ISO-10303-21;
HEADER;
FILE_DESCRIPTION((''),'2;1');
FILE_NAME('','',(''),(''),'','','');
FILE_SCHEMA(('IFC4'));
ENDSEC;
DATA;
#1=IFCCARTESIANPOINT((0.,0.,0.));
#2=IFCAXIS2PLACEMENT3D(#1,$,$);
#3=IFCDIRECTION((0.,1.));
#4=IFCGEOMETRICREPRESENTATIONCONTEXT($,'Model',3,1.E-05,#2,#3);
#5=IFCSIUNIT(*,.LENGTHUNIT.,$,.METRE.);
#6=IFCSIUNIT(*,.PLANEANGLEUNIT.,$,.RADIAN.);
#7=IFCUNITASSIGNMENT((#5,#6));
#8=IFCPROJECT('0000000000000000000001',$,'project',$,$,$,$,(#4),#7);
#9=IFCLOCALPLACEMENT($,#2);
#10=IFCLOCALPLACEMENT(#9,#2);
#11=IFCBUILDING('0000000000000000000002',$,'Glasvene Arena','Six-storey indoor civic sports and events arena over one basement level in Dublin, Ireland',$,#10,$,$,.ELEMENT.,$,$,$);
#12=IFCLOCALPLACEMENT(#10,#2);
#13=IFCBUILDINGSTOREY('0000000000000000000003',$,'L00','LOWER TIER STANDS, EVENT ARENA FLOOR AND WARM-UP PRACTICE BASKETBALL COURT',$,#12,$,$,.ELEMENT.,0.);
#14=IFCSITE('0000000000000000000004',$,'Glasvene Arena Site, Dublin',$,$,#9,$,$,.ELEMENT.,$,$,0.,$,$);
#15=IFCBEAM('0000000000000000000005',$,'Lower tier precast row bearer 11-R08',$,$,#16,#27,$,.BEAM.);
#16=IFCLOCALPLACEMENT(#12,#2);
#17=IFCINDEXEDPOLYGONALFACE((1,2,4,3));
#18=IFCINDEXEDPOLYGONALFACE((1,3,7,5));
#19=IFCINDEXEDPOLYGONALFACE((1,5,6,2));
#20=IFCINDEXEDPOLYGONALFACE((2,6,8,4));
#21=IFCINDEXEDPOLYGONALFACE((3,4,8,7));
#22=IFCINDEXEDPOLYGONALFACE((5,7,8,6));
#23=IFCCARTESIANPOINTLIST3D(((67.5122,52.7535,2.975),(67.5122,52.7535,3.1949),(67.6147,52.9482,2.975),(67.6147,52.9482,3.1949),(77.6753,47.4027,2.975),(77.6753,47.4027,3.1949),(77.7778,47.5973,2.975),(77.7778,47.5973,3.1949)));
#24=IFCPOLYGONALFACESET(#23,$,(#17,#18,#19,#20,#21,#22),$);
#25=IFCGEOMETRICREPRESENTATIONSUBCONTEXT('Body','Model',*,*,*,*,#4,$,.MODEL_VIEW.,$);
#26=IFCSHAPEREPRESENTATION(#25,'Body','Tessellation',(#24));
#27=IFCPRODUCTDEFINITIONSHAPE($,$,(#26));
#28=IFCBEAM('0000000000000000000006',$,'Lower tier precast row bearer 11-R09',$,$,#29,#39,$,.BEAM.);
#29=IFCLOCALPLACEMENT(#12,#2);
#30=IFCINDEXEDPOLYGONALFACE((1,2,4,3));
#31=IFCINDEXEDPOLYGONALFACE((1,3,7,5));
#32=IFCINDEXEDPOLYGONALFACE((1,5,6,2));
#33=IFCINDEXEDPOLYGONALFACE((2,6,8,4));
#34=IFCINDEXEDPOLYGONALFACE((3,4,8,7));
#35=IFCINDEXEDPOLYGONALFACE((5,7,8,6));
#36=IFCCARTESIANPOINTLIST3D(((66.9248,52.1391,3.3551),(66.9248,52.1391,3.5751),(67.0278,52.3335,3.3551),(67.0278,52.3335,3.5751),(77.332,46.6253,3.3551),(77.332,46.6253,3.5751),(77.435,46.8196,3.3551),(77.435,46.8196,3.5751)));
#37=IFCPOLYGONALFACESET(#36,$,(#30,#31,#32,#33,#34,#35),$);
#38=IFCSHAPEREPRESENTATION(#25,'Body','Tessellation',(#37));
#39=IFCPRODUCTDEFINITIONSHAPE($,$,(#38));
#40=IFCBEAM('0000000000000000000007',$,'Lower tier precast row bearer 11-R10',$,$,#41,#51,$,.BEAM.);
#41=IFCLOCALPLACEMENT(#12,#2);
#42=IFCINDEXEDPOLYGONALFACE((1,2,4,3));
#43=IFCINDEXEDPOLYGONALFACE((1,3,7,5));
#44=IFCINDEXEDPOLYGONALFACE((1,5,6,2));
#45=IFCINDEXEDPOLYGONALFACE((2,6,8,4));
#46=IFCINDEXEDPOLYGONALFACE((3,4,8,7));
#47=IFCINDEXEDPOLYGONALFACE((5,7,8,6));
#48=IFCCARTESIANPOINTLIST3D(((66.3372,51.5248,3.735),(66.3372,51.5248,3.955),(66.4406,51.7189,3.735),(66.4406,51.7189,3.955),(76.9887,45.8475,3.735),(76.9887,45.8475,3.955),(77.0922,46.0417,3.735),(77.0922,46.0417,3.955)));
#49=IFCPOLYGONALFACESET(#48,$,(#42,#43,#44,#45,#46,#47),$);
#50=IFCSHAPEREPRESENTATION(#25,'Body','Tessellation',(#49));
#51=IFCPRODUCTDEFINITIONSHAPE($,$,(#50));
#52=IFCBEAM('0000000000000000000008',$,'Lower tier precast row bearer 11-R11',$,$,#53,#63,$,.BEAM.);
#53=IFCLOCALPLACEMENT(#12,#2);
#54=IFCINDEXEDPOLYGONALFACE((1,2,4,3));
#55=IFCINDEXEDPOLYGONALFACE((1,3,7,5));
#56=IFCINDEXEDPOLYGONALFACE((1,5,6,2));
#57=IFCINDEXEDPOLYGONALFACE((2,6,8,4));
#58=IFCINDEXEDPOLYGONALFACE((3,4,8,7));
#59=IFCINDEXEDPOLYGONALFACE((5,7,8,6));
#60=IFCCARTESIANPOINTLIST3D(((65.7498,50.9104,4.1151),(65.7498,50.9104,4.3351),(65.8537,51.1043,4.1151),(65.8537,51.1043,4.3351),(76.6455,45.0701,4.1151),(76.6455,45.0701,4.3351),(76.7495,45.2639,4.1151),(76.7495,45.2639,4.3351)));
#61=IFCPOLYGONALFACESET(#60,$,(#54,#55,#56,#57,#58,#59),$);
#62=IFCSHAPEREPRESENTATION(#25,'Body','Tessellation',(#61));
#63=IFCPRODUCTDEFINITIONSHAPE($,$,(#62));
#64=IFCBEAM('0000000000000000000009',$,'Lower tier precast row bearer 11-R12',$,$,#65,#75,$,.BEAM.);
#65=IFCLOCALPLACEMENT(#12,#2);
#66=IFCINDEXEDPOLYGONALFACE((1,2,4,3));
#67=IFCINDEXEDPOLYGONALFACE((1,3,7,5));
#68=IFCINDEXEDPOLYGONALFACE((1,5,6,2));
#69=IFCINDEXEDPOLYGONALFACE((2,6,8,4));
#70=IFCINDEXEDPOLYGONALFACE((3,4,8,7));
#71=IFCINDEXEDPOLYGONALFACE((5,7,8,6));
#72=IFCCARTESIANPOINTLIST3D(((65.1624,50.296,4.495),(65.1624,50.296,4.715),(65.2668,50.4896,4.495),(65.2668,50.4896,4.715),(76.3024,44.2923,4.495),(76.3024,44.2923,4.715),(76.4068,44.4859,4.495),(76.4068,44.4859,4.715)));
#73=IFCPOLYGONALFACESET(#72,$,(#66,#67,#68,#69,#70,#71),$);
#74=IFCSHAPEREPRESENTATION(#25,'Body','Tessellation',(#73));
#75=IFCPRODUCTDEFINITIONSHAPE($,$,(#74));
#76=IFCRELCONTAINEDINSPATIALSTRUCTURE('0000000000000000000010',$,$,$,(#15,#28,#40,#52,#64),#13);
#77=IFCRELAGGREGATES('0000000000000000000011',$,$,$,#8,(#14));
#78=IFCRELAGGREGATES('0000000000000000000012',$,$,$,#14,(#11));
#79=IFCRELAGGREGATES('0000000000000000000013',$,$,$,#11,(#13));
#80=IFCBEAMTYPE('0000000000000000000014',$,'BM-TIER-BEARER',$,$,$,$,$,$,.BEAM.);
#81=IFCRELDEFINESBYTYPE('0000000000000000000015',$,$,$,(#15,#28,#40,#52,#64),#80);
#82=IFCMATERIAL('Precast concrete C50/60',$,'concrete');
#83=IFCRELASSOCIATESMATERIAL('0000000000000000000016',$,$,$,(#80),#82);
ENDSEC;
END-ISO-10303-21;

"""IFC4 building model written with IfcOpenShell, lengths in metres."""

from ifc_helpers import new_model, si_unit, direction, frame, origin, origin_2d, place, context, subcontext, project, spatial, rectangle, extrude, material, material_profile, profile_set, type_object, element, save


model = new_model("IFC4")

# Units and contexts
model_context = context("Model", 3, precision=1e-05, world=origin(), true_north=direction((0.0, 1.0)))
body_context = subcontext(model_context, "Body", "Model", "MODEL_VIEW")
ifc_project = project(units=[si_unit("LENGTHUNIT", "METRE"), si_unit("PLANEANGLEUNIT", "RADIAN")], contexts=[model_context])

# Site, building, storey
site_placement = place(None, origin())
site = spatial("IfcSite", under=ifc_project, at=site_placement, Name="Glasvene Arena Site, Dublin", CompositionType="ELEMENT", RefElevation=0.0)
building_placement = place(site_placement, origin())
building = spatial("IfcBuilding", under=site, at=building_placement, Name="Glasvene Arena", Description="Six-storey indoor civic sports and events arena over one basement level in Dublin, Ireland", CompositionType="ELEMENT")
storey_placement = place(building_placement, origin())
storey = spatial("IfcBuildingStorey", under=building, at=storey_placement, Name="L00", Description="LOWER TIER STANDS, EVENT ARENA FLOOR AND WARM-UP PRACTICE BASKETBALL COURT", CompositionType="ELEMENT", Elevation=0.0)

# Beams
ifc_material_1 = material(Name="Precast concrete C50/60", Category="concrete")
ifc_material_profile_1 = material_profile(ifc_material_1, rectangle(XDim=0.22, YDim=0.22, at=origin_2d()), Name="RC 220x220")
ifc_profile_set_1 = profile_set([ifc_material_profile_1], Name="Precast concrete C50/60")
beam_type_1 = type_object("IfcBeamType", Name="BM-TIER-BEARER", PredefinedType="BEAM", material=ifc_profile_set_1)
beam_1_placement = place(storey_placement, frame((67.5635, 52.8508, 3.085), z_axis=(0.884852, -0.465872, 0.0), x_axis=(0.465872, 0.884852, 0.0)))
element("IfcBeam", 1, at=beam_1_placement, inside=storey, type_object=beam_type_1, Name="Lower tier precast row bearer 11-R08", PredefinedType="BEAM", context=body_context, shape_type="SweptSolid", body=[
    extrude(rectangle(XDim=0.22, YDim=0.22, at=origin_2d()), origin(), (0.0, 0.0, 1.0), 11.4856),
])
beam_2_placement = place(storey_placement, frame((66.9763, 52.2363, 3.4651), z_axis=(0.88364, -0.468167, 0.0), x_axis=(0.468167, 0.88364, 0.0)))
element("IfcBeam", 2, at=beam_2_placement, inside=storey, type_object=beam_type_1, Name="Lower tier precast row bearer 11-R09", PredefinedType="BEAM", context=body_context, shape_type="SweptSolid", body=[
    extrude(rectangle(XDim=0.22, YDim=0.22, at=origin_2d()), origin(), (0.0, 0.0, 1.0), 11.7776),
])
beam_3_placement = place(storey_placement, frame((66.3889, 51.6218, 3.845), z_axis=(0.882477, -0.470355, 0.0), x_axis=(0.470355, 0.882477, 0.0)))
element("IfcBeam", 3, at=beam_3_placement, inside=storey, type_object=beam_type_1, Name="Lower tier precast row bearer 11-R10", PredefinedType="BEAM", context=body_context, shape_type="SweptSolid", body=[
    extrude(rectangle(XDim=0.22, YDim=0.22, at=origin_2d()), origin(), (0.0, 0.0, 1.0), 12.0701),
])
beam_4_placement = place(storey_placement, frame((65.8018, 51.0073, 4.2251), z_axis=(0.881368, -0.47243, 0.0), x_axis=(0.47243, 0.881368, 0.0)))
element("IfcBeam", 4, at=beam_4_placement, inside=storey, type_object=beam_type_1, Name="Lower tier precast row bearer 11-R11", PredefinedType="BEAM", context=body_context, shape_type="SweptSolid", body=[
    extrude(rectangle(XDim=0.22, YDim=0.22, at=origin_2d()), origin(), (0.0, 0.0, 1.0), 12.3623),
])
beam_5_placement = place(storey_placement, frame((65.2146, 50.3928, 4.605), z_axis=(0.880298, -0.474422, 0.0), x_axis=(0.474422, 0.880298, 0.0)))
element("IfcBeam", 5, at=beam_5_placement, inside=storey, type_object=beam_type_1, Name="Lower tier precast row bearer 11-R12", PredefinedType="BEAM", context=body_context, shape_type="SweptSolid", body=[
    extrude(rectangle(XDim=0.22, YDim=0.22, at=origin_2d()), origin(), (0.0, 0.0, 1.0), 12.6548),
])

save(model, "model.ifc")
